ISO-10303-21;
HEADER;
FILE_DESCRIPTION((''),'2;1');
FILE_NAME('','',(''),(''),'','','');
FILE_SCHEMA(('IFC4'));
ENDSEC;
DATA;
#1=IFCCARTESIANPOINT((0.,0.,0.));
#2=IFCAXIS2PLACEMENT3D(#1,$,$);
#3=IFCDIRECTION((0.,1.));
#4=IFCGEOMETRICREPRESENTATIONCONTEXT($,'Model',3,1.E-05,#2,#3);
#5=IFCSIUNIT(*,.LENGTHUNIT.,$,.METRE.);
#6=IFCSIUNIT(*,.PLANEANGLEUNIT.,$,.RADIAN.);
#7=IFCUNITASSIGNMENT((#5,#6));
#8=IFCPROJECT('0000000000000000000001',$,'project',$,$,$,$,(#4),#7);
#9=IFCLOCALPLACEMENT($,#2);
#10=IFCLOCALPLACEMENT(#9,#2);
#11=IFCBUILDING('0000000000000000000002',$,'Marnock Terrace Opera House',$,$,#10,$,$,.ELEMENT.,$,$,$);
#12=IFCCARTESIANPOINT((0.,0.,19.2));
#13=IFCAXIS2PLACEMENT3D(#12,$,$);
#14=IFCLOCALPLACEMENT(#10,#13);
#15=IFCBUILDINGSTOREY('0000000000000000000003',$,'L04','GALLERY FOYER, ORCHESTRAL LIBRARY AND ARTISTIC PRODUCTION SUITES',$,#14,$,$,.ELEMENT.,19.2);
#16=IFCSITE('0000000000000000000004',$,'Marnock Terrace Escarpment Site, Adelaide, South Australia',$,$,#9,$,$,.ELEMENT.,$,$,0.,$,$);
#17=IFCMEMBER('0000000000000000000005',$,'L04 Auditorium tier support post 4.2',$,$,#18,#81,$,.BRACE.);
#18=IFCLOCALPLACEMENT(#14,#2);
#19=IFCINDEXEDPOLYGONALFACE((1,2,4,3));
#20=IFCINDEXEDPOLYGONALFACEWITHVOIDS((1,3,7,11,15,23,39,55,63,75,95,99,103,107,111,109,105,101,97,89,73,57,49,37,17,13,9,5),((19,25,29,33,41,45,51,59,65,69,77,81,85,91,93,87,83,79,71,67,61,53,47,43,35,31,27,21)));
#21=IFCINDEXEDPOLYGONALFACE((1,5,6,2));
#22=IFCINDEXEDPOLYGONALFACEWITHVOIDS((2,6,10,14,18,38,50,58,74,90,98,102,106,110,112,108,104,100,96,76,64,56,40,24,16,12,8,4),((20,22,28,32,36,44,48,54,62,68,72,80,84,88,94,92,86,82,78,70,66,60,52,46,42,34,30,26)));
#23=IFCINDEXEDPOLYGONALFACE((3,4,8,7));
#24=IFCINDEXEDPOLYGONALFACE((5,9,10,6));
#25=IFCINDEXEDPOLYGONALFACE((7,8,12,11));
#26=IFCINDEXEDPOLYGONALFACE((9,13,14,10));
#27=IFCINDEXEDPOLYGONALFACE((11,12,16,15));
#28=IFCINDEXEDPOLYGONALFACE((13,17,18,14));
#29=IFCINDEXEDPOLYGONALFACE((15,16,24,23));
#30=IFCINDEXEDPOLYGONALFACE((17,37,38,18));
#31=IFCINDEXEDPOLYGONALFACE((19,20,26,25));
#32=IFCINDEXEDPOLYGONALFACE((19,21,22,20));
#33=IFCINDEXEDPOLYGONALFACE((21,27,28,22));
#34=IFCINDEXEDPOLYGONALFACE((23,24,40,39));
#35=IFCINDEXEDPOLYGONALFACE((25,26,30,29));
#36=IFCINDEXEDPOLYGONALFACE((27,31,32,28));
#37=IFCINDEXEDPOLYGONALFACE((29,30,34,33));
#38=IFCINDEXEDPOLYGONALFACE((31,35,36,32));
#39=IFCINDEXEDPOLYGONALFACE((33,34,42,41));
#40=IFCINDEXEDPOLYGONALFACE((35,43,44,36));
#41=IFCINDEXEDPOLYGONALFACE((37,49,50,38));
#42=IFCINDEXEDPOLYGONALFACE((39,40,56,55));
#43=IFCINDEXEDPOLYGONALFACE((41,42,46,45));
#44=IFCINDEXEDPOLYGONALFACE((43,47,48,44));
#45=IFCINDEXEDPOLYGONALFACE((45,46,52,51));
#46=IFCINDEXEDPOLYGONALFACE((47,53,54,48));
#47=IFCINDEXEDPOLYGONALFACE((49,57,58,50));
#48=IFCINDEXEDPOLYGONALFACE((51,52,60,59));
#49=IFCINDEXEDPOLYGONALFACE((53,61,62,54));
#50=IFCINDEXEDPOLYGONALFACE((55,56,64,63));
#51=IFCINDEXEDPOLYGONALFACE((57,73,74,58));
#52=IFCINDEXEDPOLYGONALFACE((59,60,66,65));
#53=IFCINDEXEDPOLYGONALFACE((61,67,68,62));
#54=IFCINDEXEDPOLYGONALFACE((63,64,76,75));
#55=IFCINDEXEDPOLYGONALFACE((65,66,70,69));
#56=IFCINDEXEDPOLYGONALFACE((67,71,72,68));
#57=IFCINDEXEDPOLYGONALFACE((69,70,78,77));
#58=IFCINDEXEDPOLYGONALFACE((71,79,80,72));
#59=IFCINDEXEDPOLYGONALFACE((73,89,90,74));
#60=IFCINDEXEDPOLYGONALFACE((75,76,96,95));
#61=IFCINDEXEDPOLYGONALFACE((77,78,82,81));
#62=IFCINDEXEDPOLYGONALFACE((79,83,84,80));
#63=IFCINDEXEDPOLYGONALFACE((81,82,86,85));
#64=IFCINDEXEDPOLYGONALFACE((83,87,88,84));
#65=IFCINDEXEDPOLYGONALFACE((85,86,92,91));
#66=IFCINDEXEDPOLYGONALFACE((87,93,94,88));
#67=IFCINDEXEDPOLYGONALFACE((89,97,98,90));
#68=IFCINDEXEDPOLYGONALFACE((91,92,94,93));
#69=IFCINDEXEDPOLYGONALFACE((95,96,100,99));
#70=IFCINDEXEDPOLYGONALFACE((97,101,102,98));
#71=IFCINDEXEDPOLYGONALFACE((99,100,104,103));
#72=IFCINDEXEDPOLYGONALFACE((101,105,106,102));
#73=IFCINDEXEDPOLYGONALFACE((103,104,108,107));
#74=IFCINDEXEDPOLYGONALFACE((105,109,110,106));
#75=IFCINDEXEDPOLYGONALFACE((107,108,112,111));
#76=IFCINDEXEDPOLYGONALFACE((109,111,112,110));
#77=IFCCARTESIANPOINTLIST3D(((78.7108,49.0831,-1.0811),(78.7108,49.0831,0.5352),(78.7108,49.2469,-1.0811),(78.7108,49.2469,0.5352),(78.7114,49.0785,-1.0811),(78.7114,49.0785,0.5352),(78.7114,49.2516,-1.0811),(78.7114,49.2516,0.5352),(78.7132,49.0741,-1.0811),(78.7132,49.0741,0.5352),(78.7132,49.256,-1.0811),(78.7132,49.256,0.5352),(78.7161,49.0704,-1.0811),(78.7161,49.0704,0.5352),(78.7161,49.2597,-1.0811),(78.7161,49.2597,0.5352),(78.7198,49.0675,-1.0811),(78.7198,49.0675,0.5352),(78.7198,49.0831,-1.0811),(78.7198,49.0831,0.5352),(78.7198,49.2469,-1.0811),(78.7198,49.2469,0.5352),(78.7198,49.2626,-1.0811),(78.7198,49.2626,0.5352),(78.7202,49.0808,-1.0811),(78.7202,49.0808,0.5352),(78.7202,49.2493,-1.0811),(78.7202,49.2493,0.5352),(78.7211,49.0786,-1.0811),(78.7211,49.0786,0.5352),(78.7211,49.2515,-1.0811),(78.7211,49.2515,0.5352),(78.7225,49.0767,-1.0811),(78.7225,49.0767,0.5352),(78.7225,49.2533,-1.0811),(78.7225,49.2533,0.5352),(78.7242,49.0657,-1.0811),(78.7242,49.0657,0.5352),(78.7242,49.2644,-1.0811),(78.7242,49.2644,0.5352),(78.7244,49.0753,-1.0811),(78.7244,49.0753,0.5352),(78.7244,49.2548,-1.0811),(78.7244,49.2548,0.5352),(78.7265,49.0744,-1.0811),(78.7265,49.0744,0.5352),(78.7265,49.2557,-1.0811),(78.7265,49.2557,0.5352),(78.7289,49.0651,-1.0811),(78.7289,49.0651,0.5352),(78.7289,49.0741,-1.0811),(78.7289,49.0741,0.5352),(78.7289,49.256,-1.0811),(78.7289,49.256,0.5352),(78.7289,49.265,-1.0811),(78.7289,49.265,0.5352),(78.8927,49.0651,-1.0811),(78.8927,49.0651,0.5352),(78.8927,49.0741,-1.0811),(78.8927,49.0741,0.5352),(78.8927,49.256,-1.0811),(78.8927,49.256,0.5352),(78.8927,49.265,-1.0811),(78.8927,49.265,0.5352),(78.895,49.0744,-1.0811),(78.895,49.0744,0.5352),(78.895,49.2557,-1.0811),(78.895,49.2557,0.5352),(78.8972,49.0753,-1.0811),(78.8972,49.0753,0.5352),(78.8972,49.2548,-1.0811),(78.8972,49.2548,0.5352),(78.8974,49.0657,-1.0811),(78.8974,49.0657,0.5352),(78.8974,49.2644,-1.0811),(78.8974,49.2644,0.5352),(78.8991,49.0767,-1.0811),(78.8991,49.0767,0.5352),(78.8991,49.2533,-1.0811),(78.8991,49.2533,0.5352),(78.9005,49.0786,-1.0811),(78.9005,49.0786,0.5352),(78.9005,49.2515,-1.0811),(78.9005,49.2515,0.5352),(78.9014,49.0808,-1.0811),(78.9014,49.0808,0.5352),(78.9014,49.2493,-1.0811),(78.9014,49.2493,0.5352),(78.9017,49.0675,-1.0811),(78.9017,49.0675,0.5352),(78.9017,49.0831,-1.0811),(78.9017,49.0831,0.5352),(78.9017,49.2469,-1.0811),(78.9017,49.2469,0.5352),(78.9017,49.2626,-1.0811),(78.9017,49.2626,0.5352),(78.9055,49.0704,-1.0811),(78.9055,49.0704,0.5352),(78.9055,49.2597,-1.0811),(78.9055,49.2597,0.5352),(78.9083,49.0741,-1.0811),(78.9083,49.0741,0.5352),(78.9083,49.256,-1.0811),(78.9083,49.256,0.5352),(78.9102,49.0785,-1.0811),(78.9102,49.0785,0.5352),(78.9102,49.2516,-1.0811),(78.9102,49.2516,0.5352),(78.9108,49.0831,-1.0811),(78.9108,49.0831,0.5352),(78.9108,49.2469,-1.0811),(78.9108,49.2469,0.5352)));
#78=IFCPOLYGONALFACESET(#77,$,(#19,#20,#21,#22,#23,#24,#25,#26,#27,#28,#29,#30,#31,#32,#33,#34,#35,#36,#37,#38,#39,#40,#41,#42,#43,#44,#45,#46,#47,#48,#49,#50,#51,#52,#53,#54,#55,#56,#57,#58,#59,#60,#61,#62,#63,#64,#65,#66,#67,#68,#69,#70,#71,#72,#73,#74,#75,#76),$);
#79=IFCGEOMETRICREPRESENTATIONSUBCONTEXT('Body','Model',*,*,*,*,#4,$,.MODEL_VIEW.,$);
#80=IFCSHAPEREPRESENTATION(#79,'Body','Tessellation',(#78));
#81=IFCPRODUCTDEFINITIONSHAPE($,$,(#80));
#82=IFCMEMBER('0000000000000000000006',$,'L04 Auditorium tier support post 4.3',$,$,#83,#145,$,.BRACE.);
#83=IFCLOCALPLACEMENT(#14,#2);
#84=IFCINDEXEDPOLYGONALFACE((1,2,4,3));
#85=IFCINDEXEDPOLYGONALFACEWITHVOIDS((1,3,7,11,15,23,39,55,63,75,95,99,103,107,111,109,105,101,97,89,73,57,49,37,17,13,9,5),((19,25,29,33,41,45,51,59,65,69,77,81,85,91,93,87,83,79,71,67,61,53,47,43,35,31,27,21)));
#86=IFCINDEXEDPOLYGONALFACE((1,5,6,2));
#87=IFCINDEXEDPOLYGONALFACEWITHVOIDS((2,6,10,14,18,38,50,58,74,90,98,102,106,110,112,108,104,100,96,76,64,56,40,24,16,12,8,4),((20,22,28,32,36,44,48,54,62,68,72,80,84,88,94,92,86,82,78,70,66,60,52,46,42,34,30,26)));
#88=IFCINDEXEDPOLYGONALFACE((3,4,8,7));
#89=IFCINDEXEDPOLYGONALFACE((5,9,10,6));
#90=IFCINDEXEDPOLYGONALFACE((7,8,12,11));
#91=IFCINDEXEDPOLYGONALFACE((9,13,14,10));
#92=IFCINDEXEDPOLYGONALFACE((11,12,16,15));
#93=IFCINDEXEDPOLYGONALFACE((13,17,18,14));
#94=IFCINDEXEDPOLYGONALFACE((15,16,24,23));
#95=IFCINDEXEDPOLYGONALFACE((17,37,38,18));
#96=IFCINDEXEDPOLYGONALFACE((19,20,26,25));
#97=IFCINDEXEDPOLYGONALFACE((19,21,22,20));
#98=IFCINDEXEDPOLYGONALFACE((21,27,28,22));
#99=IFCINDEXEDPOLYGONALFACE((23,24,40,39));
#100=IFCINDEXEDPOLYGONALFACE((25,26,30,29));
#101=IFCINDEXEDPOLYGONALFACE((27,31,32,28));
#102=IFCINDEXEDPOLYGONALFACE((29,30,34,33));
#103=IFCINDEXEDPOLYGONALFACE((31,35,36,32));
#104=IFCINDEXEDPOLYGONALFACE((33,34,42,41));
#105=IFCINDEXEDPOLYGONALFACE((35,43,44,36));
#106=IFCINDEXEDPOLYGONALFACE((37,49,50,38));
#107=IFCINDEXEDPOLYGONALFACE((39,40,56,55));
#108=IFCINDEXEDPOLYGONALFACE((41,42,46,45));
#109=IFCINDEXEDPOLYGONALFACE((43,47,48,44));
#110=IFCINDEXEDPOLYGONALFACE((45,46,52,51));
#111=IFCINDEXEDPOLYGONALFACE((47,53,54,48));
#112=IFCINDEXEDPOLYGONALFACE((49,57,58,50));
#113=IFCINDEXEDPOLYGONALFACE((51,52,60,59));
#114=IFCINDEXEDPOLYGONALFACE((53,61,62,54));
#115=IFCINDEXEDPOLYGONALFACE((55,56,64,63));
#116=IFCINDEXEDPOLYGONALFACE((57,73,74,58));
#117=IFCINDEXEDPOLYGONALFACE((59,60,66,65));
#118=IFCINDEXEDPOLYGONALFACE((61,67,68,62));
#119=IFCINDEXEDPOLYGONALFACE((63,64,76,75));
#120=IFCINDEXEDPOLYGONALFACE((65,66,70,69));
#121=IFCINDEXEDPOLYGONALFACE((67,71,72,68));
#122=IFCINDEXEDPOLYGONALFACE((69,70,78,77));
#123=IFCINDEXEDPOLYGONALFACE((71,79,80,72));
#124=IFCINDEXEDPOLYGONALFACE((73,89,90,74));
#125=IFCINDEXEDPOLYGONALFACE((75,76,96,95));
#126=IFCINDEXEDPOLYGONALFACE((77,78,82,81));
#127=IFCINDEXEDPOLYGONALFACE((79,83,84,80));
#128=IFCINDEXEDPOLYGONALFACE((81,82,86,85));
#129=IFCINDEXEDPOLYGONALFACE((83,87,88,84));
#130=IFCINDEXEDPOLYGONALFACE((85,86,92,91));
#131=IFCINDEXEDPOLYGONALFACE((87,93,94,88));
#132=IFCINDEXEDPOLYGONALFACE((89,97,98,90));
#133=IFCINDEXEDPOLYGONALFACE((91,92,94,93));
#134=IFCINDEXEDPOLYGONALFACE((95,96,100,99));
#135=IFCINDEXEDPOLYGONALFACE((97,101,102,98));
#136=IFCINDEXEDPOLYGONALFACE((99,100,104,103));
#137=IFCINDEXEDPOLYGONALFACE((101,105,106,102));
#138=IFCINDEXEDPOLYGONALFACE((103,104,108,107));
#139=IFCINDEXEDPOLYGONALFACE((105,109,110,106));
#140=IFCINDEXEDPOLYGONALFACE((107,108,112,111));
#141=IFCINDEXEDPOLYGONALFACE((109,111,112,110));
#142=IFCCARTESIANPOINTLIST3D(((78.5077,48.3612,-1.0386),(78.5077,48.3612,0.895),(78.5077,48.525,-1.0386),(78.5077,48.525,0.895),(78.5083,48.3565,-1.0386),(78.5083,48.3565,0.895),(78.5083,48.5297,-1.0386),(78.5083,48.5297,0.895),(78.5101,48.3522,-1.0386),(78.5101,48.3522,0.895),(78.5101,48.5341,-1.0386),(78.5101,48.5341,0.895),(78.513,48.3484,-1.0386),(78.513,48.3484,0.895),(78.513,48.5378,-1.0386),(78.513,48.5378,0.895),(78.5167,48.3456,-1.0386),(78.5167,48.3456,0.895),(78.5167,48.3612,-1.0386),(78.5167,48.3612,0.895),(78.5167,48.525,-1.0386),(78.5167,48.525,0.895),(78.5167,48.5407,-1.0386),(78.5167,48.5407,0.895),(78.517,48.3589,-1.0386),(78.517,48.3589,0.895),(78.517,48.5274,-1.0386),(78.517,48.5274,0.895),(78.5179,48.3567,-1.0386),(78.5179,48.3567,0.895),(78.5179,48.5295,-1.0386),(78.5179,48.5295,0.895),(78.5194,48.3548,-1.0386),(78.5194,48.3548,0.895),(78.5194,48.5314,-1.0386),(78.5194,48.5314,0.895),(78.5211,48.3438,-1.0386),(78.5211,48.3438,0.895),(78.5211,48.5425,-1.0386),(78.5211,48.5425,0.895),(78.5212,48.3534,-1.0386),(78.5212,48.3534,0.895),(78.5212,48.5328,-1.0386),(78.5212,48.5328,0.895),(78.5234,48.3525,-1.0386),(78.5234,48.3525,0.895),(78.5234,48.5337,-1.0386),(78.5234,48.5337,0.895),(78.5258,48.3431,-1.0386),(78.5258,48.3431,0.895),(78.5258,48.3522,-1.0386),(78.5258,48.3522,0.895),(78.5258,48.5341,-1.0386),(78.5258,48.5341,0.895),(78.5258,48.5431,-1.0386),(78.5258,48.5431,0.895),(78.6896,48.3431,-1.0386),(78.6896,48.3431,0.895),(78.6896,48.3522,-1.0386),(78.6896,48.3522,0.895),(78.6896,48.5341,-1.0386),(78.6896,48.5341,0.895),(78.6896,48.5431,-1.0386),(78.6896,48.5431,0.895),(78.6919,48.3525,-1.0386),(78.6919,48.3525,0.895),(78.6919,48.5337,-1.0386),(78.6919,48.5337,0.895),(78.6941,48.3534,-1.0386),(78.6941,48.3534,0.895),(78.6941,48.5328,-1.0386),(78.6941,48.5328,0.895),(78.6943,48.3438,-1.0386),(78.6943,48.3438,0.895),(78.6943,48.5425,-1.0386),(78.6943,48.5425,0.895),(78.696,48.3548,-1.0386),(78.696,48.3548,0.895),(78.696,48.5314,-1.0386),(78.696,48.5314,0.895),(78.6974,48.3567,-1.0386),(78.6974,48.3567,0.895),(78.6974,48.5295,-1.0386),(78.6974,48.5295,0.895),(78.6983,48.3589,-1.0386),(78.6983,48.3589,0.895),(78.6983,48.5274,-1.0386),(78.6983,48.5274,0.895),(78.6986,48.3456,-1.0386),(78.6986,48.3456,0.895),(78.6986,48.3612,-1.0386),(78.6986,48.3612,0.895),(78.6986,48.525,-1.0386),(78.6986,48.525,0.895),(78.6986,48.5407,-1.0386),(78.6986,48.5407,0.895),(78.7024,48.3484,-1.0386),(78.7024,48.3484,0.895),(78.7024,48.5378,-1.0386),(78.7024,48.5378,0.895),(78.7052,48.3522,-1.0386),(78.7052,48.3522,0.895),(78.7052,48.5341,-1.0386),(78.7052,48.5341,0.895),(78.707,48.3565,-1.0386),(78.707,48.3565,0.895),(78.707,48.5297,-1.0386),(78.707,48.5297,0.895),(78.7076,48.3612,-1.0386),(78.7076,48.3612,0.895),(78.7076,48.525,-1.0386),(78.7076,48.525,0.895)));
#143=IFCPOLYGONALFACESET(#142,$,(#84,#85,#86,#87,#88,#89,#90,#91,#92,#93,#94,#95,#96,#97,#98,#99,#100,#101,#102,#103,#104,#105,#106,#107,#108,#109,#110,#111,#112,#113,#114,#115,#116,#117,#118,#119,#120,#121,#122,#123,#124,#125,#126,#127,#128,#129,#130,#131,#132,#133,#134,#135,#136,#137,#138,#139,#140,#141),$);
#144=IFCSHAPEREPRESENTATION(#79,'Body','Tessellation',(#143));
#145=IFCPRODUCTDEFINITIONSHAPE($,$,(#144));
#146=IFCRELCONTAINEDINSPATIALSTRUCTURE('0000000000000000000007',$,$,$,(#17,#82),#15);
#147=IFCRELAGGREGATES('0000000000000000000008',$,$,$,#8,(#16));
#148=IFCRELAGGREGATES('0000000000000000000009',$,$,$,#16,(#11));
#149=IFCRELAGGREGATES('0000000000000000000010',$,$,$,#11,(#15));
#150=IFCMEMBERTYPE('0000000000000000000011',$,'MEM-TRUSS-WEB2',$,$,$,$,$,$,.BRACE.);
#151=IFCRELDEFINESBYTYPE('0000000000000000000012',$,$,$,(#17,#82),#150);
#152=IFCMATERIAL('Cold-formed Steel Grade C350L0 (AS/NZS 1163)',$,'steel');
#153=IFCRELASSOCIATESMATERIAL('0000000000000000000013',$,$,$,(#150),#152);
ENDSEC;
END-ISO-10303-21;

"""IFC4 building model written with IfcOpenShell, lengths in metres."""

from ifc_helpers import new_model, si_unit, direction, frame, origin, origin_2d, place, context, subcontext, project, spatial, hollow_rectangle, extrude, material, material_profile, profile_set, type_object, element, save


model = new_model("IFC4")

# Units and contexts
model_context = context("Model", 3, precision=1e-05, world=origin(), true_north=direction((0.0, 1.0)))
body_context = subcontext(model_context, "Body", "Model", "MODEL_VIEW")
ifc_project = project(units=[si_unit("LENGTHUNIT", "METRE"), si_unit("PLANEANGLEUNIT", "RADIAN")], contexts=[model_context])

# Site, building, storey
site_placement = place(None, origin())
site = spatial("IfcSite", under=ifc_project, at=site_placement, Name="Marnock Terrace Escarpment Site, Adelaide, South Australia", CompositionType="ELEMENT", RefElevation=0.0)
building_placement = place(site_placement, origin())
building = spatial("IfcBuilding", under=site, at=building_placement, Name="Marnock Terrace Opera House", CompositionType="ELEMENT")
storey_placement = place(building_placement, frame((0.0, 0.0, 19.2)))
storey = spatial("IfcBuildingStorey", under=building, at=storey_placement, Name="L04", Description="GALLERY FOYER, ORCHESTRAL LIBRARY AND ARTISTIC PRODUCTION SUITES", CompositionType="ELEMENT", Elevation=19.2)

# Members
ifc_material_1 = material(Name="Cold-formed Steel Grade C350L0 (AS/NZS 1163)", Category="steel")
ifc_material_profile_1 = material_profile(ifc_material_1, hollow_rectangle(XDim=0.2, YDim=0.2, WallThickness=0.009, InnerFilletRadius=0.009, OuterFilletRadius=0.0181, at=origin_2d()))
ifc_profile_set_1 = profile_set([ifc_material_profile_1], Name="Cold-formed Steel Grade C350L0 (AS/NZS 1163)")
member_type = type_object("IfcMemberType", Name="MEM-TRUSS-WEB2", PredefinedType="BRACE", material=ifc_profile_set_1)
member_1_placement = place(storey_placement, frame((78.8108, 49.165, -1.0811), z_axis=(0.0, 0.0, 1.0), x_axis=(1.0, 0.0, 0.0)))
element("IfcMember", 1, at=member_1_placement, inside=storey, type_object=member_type, Name="L04 Auditorium tier support post 4.2", PredefinedType="BRACE", context=body_context, shape_type="SweptSolid", body=[
    extrude(hollow_rectangle(XDim=0.2, YDim=0.2, WallThickness=0.009, InnerFilletRadius=0.009, OuterFilletRadius=0.0181, at=origin_2d()), origin(), (0.0, 0.0, 1.0), 1.6162),
])
member_2_placement = place(storey_placement, frame((78.6077, 48.4431, -1.0386), z_axis=(0.0, 0.0, 1.0), x_axis=(1.0, 0.0, 0.0)))
element("IfcMember", 2, at=member_2_placement, inside=storey, type_object=member_type, Name="L04 Auditorium tier support post 4.3", PredefinedType="BRACE", context=body_context, shape_type="SweptSolid", body=[
    extrude(hollow_rectangle(XDim=0.2, YDim=0.2, WallThickness=0.009, InnerFilletRadius=0.009, OuterFilletRadius=0.0181, at=origin_2d()), origin(), (0.0, 0.0, 1.0), 1.9336),
])

save(model, "model.ifc")
